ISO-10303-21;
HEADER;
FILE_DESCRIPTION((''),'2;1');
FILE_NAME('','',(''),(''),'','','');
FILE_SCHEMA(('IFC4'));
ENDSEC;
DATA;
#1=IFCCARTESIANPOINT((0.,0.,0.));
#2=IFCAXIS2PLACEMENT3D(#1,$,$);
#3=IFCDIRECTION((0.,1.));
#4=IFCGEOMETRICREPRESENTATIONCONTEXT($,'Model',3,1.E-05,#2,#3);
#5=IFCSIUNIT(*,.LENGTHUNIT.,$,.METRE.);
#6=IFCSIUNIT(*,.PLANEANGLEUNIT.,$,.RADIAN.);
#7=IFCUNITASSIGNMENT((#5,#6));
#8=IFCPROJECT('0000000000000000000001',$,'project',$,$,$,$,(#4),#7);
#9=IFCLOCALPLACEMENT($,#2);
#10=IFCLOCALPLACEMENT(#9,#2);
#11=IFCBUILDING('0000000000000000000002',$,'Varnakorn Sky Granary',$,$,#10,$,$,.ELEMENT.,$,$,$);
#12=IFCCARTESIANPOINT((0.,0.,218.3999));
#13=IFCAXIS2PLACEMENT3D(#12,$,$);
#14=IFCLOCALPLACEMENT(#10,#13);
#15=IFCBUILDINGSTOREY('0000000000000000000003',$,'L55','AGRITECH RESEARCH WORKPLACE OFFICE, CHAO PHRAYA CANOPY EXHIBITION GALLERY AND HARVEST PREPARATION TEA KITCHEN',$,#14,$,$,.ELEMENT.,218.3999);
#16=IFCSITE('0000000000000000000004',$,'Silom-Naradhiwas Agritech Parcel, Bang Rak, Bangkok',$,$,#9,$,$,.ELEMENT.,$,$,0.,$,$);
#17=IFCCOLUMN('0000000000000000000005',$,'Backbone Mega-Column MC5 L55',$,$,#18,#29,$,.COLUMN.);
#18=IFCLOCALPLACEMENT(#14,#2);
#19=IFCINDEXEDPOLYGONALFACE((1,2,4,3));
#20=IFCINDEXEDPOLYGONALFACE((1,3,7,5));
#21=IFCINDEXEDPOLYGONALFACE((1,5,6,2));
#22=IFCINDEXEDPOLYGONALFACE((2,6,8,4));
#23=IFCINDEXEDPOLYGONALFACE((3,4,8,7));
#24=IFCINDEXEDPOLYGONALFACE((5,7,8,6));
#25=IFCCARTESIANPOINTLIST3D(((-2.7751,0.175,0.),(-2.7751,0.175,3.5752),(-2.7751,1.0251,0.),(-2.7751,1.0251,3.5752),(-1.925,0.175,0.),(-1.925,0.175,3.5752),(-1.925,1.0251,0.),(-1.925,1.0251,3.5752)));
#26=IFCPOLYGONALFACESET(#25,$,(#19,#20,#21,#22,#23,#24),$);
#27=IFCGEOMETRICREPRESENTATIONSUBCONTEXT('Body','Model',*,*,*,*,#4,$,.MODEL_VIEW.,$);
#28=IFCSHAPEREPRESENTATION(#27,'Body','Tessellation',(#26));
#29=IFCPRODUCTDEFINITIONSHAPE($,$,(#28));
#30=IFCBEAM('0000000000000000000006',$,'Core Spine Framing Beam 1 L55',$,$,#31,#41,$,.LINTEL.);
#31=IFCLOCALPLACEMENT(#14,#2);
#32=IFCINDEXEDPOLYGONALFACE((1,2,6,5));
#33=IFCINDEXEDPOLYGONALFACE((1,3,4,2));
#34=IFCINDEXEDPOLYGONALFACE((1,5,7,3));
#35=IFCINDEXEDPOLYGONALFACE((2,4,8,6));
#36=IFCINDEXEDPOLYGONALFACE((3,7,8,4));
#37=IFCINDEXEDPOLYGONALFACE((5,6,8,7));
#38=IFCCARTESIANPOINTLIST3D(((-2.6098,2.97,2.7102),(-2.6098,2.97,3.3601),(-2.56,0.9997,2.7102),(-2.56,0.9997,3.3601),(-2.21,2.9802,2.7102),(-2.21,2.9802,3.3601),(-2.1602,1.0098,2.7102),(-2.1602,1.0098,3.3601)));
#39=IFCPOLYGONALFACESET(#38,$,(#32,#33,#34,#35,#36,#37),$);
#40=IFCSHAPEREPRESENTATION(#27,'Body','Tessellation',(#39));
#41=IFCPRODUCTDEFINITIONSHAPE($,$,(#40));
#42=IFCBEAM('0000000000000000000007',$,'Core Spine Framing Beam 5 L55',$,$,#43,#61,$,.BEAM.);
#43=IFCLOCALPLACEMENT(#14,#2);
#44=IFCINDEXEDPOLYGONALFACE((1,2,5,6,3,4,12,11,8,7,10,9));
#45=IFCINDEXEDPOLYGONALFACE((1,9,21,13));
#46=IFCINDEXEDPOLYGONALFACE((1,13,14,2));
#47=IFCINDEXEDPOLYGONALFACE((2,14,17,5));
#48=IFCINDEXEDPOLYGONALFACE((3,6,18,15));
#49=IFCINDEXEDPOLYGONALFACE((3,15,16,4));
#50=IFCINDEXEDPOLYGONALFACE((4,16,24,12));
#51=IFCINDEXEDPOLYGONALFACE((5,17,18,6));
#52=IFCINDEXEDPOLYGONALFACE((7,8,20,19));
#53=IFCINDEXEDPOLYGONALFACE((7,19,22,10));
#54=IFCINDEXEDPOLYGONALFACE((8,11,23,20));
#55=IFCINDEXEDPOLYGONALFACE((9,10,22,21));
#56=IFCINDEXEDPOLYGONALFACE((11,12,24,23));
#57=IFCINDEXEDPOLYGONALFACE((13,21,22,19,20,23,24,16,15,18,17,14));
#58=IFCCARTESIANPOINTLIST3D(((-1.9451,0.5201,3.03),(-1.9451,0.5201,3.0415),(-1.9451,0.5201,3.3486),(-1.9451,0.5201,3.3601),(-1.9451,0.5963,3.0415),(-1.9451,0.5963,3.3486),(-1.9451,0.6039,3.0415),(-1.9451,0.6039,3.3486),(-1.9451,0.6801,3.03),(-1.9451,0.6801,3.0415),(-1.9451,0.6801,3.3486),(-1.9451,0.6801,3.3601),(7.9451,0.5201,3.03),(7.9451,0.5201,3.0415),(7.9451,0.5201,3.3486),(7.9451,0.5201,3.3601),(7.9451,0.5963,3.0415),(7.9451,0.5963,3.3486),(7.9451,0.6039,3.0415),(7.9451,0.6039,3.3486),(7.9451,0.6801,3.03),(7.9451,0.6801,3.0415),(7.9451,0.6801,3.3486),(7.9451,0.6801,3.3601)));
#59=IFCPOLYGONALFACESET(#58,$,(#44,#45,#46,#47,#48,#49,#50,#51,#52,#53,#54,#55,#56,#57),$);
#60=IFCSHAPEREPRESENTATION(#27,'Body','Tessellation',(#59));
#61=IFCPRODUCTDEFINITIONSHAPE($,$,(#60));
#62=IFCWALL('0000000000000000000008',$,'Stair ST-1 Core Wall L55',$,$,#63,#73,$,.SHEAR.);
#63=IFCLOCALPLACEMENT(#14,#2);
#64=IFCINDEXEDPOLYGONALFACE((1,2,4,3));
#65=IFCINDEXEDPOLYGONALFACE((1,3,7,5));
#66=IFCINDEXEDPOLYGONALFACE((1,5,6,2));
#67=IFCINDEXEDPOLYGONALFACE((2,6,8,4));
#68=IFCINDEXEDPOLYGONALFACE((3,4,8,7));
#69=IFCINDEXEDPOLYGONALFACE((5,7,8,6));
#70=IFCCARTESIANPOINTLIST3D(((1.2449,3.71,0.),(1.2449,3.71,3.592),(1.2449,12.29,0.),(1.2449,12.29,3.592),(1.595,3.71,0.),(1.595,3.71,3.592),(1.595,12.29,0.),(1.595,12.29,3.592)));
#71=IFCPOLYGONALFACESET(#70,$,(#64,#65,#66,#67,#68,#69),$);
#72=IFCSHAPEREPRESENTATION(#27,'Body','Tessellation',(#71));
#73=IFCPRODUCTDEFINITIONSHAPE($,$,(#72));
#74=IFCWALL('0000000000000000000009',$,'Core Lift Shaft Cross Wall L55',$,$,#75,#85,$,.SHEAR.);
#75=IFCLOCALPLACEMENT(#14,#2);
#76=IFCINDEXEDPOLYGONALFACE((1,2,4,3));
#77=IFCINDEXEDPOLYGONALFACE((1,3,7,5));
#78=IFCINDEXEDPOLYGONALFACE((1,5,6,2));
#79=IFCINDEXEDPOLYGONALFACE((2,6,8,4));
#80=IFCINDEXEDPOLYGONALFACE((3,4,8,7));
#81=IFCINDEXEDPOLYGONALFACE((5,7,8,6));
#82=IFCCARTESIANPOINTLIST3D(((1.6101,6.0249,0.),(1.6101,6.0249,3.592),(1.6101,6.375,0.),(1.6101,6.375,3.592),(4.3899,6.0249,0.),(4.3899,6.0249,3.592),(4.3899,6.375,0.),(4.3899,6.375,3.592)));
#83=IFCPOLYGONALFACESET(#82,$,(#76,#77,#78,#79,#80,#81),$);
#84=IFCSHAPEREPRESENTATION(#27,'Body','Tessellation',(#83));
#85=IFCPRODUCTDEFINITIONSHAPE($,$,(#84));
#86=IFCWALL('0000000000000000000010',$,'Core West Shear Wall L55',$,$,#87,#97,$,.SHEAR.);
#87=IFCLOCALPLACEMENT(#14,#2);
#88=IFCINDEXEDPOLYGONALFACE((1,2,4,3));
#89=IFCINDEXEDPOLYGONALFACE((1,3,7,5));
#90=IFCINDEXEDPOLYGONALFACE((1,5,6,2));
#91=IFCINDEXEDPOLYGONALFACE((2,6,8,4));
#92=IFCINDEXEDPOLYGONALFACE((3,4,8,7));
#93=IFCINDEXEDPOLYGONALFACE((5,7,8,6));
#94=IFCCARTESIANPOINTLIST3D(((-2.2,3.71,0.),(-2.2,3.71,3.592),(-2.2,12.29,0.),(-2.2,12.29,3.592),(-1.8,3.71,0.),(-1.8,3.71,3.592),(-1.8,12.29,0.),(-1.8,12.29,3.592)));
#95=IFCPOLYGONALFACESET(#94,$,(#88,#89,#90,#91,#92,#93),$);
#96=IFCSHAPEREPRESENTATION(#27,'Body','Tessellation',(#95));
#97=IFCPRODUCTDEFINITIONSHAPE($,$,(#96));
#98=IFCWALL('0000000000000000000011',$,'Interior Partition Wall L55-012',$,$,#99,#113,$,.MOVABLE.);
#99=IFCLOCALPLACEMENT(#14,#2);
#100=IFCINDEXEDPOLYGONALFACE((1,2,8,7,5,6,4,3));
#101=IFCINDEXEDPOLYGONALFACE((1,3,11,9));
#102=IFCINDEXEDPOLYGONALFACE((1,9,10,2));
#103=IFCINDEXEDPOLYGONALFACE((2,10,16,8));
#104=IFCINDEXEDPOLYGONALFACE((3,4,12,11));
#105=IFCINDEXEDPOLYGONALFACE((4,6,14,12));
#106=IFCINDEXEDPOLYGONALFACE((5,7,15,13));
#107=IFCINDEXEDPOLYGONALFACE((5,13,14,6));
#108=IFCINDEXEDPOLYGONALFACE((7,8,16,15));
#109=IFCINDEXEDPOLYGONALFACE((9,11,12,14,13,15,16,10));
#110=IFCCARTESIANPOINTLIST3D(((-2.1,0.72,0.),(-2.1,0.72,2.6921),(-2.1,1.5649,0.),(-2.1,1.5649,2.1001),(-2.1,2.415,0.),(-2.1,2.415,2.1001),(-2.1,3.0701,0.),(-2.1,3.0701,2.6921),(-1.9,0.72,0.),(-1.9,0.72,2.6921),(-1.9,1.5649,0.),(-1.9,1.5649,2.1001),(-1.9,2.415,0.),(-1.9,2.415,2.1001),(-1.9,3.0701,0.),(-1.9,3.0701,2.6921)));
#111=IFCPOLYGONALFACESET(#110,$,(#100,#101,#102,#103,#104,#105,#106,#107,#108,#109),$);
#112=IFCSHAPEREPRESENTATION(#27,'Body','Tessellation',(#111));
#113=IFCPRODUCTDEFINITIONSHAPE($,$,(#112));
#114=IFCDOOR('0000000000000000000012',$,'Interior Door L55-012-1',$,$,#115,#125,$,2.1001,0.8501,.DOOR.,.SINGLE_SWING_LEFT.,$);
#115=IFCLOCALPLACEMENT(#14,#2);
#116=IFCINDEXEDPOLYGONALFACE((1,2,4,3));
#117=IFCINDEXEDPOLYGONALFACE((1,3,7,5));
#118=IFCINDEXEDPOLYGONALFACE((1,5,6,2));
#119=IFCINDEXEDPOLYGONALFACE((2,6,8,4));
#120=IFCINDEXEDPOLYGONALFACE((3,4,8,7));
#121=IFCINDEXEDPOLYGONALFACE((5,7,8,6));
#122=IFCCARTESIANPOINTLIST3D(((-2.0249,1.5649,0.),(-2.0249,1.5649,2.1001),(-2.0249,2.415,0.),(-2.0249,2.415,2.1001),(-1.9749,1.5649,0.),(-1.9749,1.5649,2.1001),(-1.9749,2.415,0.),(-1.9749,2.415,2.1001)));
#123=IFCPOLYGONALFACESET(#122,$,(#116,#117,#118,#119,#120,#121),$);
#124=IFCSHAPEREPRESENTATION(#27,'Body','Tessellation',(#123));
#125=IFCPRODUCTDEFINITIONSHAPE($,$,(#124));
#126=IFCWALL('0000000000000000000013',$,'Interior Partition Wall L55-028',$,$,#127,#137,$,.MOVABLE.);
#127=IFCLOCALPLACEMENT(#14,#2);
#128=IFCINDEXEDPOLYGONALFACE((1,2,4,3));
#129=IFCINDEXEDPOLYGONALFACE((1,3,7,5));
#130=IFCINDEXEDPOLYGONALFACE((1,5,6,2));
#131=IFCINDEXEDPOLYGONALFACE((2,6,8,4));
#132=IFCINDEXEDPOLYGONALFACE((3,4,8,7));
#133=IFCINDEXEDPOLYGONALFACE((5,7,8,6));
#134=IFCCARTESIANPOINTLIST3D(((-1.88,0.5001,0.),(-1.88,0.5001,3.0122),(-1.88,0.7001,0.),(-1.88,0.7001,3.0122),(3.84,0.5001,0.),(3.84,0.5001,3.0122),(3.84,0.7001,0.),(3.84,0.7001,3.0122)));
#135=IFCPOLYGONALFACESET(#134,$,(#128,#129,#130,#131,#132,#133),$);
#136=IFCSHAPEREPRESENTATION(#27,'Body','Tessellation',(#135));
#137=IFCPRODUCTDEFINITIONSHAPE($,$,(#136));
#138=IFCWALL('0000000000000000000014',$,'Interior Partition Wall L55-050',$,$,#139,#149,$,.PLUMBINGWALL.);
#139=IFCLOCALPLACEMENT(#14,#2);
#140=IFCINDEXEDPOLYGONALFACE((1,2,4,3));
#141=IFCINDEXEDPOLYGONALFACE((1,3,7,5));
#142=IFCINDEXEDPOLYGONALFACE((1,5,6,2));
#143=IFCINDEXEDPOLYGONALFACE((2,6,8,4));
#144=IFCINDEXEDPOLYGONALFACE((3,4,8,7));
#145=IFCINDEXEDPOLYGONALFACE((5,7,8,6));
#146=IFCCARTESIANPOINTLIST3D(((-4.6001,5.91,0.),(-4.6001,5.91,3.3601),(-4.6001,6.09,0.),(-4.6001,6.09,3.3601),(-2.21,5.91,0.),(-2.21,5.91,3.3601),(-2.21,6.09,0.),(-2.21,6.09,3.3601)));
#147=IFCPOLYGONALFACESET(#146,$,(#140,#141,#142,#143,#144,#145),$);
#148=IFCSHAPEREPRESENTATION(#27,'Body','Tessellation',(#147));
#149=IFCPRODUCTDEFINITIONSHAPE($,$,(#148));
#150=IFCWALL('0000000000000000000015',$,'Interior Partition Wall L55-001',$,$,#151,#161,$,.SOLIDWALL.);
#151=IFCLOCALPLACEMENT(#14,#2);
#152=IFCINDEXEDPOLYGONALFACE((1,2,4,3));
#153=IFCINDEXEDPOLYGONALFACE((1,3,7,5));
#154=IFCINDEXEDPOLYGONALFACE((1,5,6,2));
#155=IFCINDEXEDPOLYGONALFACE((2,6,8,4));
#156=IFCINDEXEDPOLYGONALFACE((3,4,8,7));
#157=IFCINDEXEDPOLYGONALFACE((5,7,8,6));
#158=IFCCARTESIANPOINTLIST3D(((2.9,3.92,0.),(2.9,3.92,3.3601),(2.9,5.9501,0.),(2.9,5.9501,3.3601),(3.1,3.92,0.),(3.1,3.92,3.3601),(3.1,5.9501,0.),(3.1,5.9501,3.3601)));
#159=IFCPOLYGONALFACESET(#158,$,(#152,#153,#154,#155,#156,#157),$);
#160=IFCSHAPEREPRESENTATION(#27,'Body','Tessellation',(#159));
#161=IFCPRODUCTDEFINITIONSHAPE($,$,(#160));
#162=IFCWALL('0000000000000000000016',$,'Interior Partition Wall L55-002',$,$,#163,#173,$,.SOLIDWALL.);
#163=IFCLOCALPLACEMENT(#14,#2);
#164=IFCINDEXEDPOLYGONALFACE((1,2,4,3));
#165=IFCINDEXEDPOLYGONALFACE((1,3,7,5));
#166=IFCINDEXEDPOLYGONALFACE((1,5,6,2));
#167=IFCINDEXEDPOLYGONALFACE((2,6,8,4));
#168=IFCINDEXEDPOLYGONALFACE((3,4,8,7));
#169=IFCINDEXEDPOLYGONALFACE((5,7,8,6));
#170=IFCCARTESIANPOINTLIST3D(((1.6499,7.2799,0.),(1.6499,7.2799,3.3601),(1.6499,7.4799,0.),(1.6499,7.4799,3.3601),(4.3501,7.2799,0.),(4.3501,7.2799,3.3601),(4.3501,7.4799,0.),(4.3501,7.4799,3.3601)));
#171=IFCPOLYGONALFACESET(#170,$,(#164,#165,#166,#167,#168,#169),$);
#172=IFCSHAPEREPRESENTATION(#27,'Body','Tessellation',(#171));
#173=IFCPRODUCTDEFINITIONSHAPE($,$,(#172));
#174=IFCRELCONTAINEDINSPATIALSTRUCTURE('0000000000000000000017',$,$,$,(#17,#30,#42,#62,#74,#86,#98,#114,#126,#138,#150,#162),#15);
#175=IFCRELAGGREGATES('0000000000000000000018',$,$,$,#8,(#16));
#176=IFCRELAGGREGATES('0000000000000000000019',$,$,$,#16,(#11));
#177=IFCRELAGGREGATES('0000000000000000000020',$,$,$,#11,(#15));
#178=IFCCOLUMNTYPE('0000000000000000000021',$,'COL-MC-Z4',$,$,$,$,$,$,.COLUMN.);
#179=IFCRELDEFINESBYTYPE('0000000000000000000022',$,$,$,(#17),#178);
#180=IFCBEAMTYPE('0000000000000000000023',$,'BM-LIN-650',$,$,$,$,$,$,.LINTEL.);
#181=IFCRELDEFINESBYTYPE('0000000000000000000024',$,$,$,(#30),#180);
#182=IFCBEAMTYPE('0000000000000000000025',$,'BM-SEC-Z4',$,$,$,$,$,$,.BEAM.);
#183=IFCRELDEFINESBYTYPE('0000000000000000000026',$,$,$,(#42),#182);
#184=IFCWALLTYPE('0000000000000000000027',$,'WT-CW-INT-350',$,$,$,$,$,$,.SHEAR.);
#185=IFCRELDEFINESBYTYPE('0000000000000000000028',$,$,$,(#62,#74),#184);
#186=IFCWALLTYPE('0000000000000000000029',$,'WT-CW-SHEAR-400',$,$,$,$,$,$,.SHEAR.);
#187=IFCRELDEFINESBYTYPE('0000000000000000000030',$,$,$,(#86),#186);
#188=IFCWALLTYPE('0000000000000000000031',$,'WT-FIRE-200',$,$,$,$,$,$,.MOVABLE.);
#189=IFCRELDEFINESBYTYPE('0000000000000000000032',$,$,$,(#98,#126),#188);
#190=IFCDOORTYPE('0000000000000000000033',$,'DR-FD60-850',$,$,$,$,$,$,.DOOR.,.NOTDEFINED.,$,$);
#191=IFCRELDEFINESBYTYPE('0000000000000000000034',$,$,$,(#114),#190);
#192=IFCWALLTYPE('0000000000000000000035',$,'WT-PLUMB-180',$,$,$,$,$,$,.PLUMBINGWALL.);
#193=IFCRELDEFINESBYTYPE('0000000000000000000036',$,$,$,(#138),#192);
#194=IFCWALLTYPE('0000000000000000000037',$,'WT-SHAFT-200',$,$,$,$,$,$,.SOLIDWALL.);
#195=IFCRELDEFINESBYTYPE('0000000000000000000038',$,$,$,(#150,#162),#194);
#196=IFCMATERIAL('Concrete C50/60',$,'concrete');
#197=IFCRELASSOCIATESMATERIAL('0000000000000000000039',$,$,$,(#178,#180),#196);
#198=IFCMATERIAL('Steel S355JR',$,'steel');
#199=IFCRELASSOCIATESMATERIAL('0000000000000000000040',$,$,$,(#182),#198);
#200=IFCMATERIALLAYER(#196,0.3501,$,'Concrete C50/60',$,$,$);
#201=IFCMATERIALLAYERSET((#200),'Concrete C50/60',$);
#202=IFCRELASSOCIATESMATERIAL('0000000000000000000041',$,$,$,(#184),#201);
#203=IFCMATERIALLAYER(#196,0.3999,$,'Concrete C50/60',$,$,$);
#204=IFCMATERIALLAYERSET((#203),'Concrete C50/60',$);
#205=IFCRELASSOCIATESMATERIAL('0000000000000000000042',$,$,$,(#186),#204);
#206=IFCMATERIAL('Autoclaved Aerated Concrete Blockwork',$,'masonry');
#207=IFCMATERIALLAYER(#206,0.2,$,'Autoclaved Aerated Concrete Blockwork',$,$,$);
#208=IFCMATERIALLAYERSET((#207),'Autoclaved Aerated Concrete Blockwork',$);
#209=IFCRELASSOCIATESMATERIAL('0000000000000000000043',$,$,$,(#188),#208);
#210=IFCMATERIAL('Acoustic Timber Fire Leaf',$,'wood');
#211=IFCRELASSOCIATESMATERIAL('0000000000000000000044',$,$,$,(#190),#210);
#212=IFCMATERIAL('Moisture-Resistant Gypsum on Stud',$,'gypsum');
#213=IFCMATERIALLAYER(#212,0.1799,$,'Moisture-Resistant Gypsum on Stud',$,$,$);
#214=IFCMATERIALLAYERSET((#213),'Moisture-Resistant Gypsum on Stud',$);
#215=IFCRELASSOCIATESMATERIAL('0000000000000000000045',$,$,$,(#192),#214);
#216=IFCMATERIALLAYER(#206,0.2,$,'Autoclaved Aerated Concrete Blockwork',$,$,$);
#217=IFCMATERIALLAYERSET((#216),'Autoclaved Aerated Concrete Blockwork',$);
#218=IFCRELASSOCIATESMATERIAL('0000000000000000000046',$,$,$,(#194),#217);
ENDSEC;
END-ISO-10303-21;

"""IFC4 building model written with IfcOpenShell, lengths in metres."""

from ifc_helpers import new_model, si_unit, direction, frame, frame_2d, origin, origin_2d, place, context, subcontext, project, spatial, rectangle, i_section, extrude, material, layer, layer_set, material_profile, profile_set, type_object, element, fill, save


model = new_model("IFC4")

# Units and contexts
model_context = context("Model", 3, precision=1e-05, world=origin(), true_north=direction((0.0, 1.0)))
body_context = subcontext(model_context, "Body", "Model", "MODEL_VIEW")
ifc_project = project(units=[si_unit("LENGTHUNIT", "METRE"), si_unit("PLANEANGLEUNIT", "RADIAN")], contexts=[model_context])

# Site, building, storey
site_placement = place(None, origin())
site = spatial("IfcSite", under=ifc_project, at=site_placement, Name="Silom-Naradhiwas Agritech Parcel, Bang Rak, Bangkok", CompositionType="ELEMENT", RefElevation=0.0)
building_placement = place(site_placement, origin())
building = spatial("IfcBuilding", under=site, at=building_placement, Name="Varnakorn Sky Granary", CompositionType="ELEMENT")
storey_placement = place(building_placement, frame((0.0, 0.0, 218.3999)))
storey = spatial("IfcBuildingStorey", under=building, at=storey_placement, Name="L55", Description="AGRITECH RESEARCH WORKPLACE OFFICE, CHAO PHRAYA CANOPY EXHIBITION GALLERY AND HARVEST PREPARATION TEA KITCHEN", CompositionType="ELEMENT", Elevation=218.3999)

# Column
ifc_material_1 = material(Name="Concrete C50/60", Category="concrete")
ifc_material_profile_1 = material_profile(ifc_material_1, rectangle(XDim=0.8501, YDim=0.8501, at=origin_2d()), Name="RC 850x850")
ifc_profile_set_1 = profile_set([ifc_material_profile_1], Name="Concrete C50/60")
column_type = type_object("IfcColumnType", Name="COL-MC-Z4", PredefinedType="COLUMN", material=ifc_profile_set_1)
column_placement = place(storey_placement, frame((-2.3501, 0.6001, 0.0), z_axis=(0.0, 0.0, 1.0), x_axis=(1.0, 0.0, 0.0)))
element("IfcColumn", 1, at=column_placement, inside=storey, type_object=column_type, Name="Backbone Mega-Column MC5 L55", PredefinedType="COLUMN", context=body_context, shape_type="SweptSolid", body=[
    extrude(rectangle(XDim=0.8501, YDim=0.8501, at=origin_2d()), origin(), (0.0, 0.0, 1.0), 3.5752),
])

# Beams
ifc_material_profile_2 = material_profile(ifc_material_1, rectangle(XDim=0.3999, YDim=0.6499, at=origin_2d()), Name="RC 400x650")
ifc_profile_set_2 = profile_set([ifc_material_profile_2], Name="Concrete C50/60")
beam_type_1 = type_object("IfcBeamType", Name="BM-LIN-650", PredefinedType="LINTEL", material=ifc_profile_set_2)
beam_1_placement = place(storey_placement, frame((-2.4099, 2.9751, 3.0352), z_axis=(0.025271, -0.999681, 0.0), x_axis=(0.999681, 0.025271, 0.0)))
element("IfcBeam", 2, at=beam_1_placement, inside=storey, type_object=beam_type_1, Name="Core Spine Framing Beam 1 L55", PredefinedType="LINTEL", context=body_context, shape_type="SweptSolid", body=[
    extrude(rectangle(XDim=0.3999, YDim=0.6499, at=origin_2d()), origin(), (0.0, 0.0, 1.0), 1.9709),
])
ifc_material_2 = material(Name="Steel S355JR", Category="steel")
ifc_material_profile_3 = material_profile(ifc_material_2, i_section(OverallWidth=0.1599, OverallDepth=0.3301, WebThickness=0.0076, FlangeThickness=0.0115, at=origin_2d()), Name="IPE 330")
ifc_profile_set_3 = profile_set([ifc_material_profile_3], Name="Steel S355JR")
beam_type_2 = type_object("IfcBeamType", Name="BM-SEC-Z4", PredefinedType="BEAM", material=ifc_profile_set_3)
beam_2_placement = place(storey_placement, frame((-1.9451, 0.6001, 3.1951), z_axis=(1.0, 0.0, 0.0), x_axis=(0.0, 1.0, 0.0)))
element("IfcBeam", 3, at=beam_2_placement, inside=storey, type_object=beam_type_2, Name="Core Spine Framing Beam 5 L55", PredefinedType="BEAM", context=body_context, shape_type="SweptSolid", body=[
    extrude(i_section(OverallWidth=0.1599, OverallDepth=0.3301, WebThickness=0.0076, FlangeThickness=0.0115, at=origin_2d()), origin(), (0.0, 0.0, 1.0), 9.8901),
])

# Walls
ifc_layer_1 = layer(ifc_material_1, 0.3501, Name="Concrete C50/60")
ifc_layer_set_1 = layer_set([ifc_layer_1], Name="Concrete C50/60")
wall_type_1 = type_object("IfcWallType", Name="WT-CW-INT-350", PredefinedType="SHEAR", material=ifc_layer_set_1)
wall_1_placement = place(storey_placement, frame((1.4199, 3.71, 0.0), z_axis=(0.0, 0.0, 1.0), x_axis=(0.0, 1.0, 0.0)))
element("IfcWall", 4, at=wall_1_placement, inside=storey, type_object=wall_type_1, Name="Stair ST-1 Core Wall L55", PredefinedType="SHEAR", context=body_context, shape_type="SweptSolid", body=[
    extrude(rectangle(XDim=8.5801, YDim=0.3501, at=frame_2d((4.29, 0.0))), origin(), (0.0, 0.0, 1.0), 3.592),
])
wall_2_placement = place(storey_placement, frame((1.6101, 6.2, 0.0), z_axis=(0.0, 0.0, 1.0), x_axis=(1.0, 0.0, 0.0)))
element("IfcWall", 5, at=wall_2_placement, inside=storey, type_object=wall_type_1, Name="Core Lift Shaft Cross Wall L55", PredefinedType="SHEAR", context=body_context, shape_type="SweptSolid", body=[
    extrude(rectangle(XDim=2.7798, YDim=0.3501, at=frame_2d((1.3899, 0.0))), origin(), (0.0, 0.0, 1.0), 3.592),
])

# Shared definitions
ifc_layer_2 = layer(ifc_material_1, 0.3999, Name="Concrete C50/60")
ifc_layer_set_2 = layer_set([ifc_layer_2], Name="Concrete C50/60")
wall_type_2 = type_object("IfcWallType", Name="WT-CW-SHEAR-400", PredefinedType="SHEAR", material=ifc_layer_set_2)

# Wall
wall_3_placement = place(storey_placement, frame((-2.0, 3.71, 0.0), z_axis=(0.0, 0.0, 1.0), x_axis=(0.0, 1.0, 0.0)))
element("IfcWall", 6, at=wall_3_placement, inside=storey, type_object=wall_type_2, Name="Core West Shear Wall L55", PredefinedType="SHEAR", context=body_context, shape_type="SweptSolid", body=[
    extrude(rectangle(XDim=8.5801, YDim=0.3999, at=frame_2d((4.29, 0.0))), origin(), (0.0, 0.0, 1.0), 3.592),
])

# Wall, opening, door
ifc_material_3 = material(Name="Autoclaved Aerated Concrete Blockwork", Category="masonry")
ifc_layer_3 = layer(ifc_material_3, 0.2, Name="Autoclaved Aerated Concrete Blockwork")
ifc_layer_set_3 = layer_set([ifc_layer_3], Name="Autoclaved Aerated Concrete Blockwork")
wall_type_3 = type_object("IfcWallType", Name="WT-FIRE-200", PredefinedType="MOVABLE", material=ifc_layer_set_3)
wall_4_placement = place(storey_placement, frame((-2.0, 0.72, 0.0), z_axis=(0.0, 0.0, 1.0), x_axis=(0.0, 1.0, 0.0)))
wall_4 = element("IfcWall", 7, at=wall_4_placement, inside=storey, type_object=wall_type_3, Name="Interior Partition Wall L55-012", PredefinedType="MOVABLE", context=body_context, shape_type="SweptSolid", body=[
    extrude(rectangle(XDim=2.3501, YDim=0.2, at=frame_2d((1.175, 0.0))), origin(), (0.0, 0.0, 1.0), 2.6921),
])
opening_1_placement = place(wall_4_placement, frame((0.845, 0.0, 0.0)))
opening_1 = element("IfcOpeningElement", 8, at=opening_1_placement, cuts=wall_4, PredefinedType="OPENING", context=body_context, shape_type="SweptSolid", body=[
    extrude(rectangle(XDim=0.8501, YDim=2.1001, at=frame_2d((0.425, 1.05))), frame((0.0, 0.1099, 0.0), z_axis=(0.0, -1.0, 0.0), x_axis=(1.0, 0.0, 0.0)), (0.0, 0.0, 1.0), 0.22),
])
ifc_material_4 = material(Name="Acoustic Timber Fire Leaf", Category="wood")
door_type_1 = type_object("IfcDoorType", Name="DR-FD60-850", OperationType="NOTDEFINED", PredefinedType="DOOR", material=ifc_material_4)
door_1_placement = place(opening_1_placement, origin())
door_1 = element("IfcDoor", 9, at=door_1_placement, inside=storey, type_object=door_type_1, Name="Interior Door L55-012-1", OperationType="SINGLE_SWING_LEFT", OverallHeight=2.1001, OverallWidth=0.8501, PredefinedType="DOOR", context=body_context, shape_type="SweptSolid", body=[
    extrude(rectangle(XDim=0.8501, YDim=2.1001, at=frame_2d((0.425, 1.05))), frame((0.0, 0.0249, 0.0), z_axis=(0.0, -1.0, 0.0), x_axis=(1.0, 0.0, 0.0)), (0.0, 0.0, 1.0), 0.05),
])
fill(opening_1, door_1)

# Walls
wall_5_placement = place(storey_placement, frame((-1.8799, 0.6001, 0.0), z_axis=(0.0, 0.0, 1.0), x_axis=(1.0, 0.0, 0.0)))
element("IfcWall", 10, at=wall_5_placement, inside=storey, type_object=wall_type_3, Name="Interior Partition Wall L55-028", PredefinedType="MOVABLE", context=body_context, shape_type="SweptSolid", body=[
    extrude(rectangle(XDim=5.72, YDim=0.2, at=frame_2d((2.8599, 0.0))), origin(), (0.0, 0.0, 1.0), 3.0122),
])
ifc_material_5 = material(Name="Moisture-Resistant Gypsum on Stud", Category="gypsum")
ifc_layer_4 = layer(ifc_material_5, 0.1799, Name="Moisture-Resistant Gypsum on Stud")
ifc_layer_set_4 = layer_set([ifc_layer_4], Name="Moisture-Resistant Gypsum on Stud")
wall_type_4 = type_object("IfcWallType", Name="WT-PLUMB-180", PredefinedType="PLUMBINGWALL", material=ifc_layer_set_4)
wall_6_placement = place(storey_placement, frame((-2.21, 6.0, 0.0), z_axis=(0.0, 0.0, 1.0), x_axis=(-1.0, 0.0, 0.0)))
element("IfcWall", 11, at=wall_6_placement, inside=storey, type_object=wall_type_4, Name="Interior Partition Wall L55-050", PredefinedType="PLUMBINGWALL", context=body_context, shape_type="SweptSolid", body=[
    extrude(rectangle(XDim=2.3901, YDim=0.1799, at=frame_2d((1.1951, 0.0))), origin(), (0.0, 0.0, 1.0), 3.3601),
])
ifc_layer_5 = layer(ifc_material_3, 0.2, Name="Autoclaved Aerated Concrete Blockwork")
ifc_layer_set_5 = layer_set([ifc_layer_5], Name="Autoclaved Aerated Concrete Blockwork")
wall_type_5 = type_object("IfcWallType", Name="WT-SHAFT-200", PredefinedType="SOLIDWALL", material=ifc_layer_set_5)
wall_7_placement = place(storey_placement, frame((3.0, 3.9199, 0.0), z_axis=(0.0, 0.0, 1.0), x_axis=(0.0, 1.0, 0.0)))
element("IfcWall", 12, at=wall_7_placement, inside=storey, type_object=wall_type_5, Name="Interior Partition Wall L55-001", PredefinedType="SOLIDWALL", context=body_context, shape_type="SweptSolid", body=[
    extrude(rectangle(XDim=2.03, YDim=0.2, at=frame_2d((1.0151, 0.0))), origin(), (0.0, 0.0, 1.0), 3.3601),
])
wall_8_placement = place(storey_placement, frame((1.6499, 7.3799, 0.0), z_axis=(0.0, 0.0, 1.0), x_axis=(1.0, 0.0, 0.0)))
element("IfcWall", 13, at=wall_8_placement, inside=storey, type_object=wall_type_5, Name="Interior Partition Wall L55-002", PredefinedType="SOLIDWALL", context=body_context, shape_type="SweptSolid", body=[
    extrude(rectangle(XDim=2.7002, YDim=0.2, at=frame_2d((1.3501, 0.0))), origin(), (0.0, 0.0, 1.0), 3.3601),
])

save(model, "model.ifc")
